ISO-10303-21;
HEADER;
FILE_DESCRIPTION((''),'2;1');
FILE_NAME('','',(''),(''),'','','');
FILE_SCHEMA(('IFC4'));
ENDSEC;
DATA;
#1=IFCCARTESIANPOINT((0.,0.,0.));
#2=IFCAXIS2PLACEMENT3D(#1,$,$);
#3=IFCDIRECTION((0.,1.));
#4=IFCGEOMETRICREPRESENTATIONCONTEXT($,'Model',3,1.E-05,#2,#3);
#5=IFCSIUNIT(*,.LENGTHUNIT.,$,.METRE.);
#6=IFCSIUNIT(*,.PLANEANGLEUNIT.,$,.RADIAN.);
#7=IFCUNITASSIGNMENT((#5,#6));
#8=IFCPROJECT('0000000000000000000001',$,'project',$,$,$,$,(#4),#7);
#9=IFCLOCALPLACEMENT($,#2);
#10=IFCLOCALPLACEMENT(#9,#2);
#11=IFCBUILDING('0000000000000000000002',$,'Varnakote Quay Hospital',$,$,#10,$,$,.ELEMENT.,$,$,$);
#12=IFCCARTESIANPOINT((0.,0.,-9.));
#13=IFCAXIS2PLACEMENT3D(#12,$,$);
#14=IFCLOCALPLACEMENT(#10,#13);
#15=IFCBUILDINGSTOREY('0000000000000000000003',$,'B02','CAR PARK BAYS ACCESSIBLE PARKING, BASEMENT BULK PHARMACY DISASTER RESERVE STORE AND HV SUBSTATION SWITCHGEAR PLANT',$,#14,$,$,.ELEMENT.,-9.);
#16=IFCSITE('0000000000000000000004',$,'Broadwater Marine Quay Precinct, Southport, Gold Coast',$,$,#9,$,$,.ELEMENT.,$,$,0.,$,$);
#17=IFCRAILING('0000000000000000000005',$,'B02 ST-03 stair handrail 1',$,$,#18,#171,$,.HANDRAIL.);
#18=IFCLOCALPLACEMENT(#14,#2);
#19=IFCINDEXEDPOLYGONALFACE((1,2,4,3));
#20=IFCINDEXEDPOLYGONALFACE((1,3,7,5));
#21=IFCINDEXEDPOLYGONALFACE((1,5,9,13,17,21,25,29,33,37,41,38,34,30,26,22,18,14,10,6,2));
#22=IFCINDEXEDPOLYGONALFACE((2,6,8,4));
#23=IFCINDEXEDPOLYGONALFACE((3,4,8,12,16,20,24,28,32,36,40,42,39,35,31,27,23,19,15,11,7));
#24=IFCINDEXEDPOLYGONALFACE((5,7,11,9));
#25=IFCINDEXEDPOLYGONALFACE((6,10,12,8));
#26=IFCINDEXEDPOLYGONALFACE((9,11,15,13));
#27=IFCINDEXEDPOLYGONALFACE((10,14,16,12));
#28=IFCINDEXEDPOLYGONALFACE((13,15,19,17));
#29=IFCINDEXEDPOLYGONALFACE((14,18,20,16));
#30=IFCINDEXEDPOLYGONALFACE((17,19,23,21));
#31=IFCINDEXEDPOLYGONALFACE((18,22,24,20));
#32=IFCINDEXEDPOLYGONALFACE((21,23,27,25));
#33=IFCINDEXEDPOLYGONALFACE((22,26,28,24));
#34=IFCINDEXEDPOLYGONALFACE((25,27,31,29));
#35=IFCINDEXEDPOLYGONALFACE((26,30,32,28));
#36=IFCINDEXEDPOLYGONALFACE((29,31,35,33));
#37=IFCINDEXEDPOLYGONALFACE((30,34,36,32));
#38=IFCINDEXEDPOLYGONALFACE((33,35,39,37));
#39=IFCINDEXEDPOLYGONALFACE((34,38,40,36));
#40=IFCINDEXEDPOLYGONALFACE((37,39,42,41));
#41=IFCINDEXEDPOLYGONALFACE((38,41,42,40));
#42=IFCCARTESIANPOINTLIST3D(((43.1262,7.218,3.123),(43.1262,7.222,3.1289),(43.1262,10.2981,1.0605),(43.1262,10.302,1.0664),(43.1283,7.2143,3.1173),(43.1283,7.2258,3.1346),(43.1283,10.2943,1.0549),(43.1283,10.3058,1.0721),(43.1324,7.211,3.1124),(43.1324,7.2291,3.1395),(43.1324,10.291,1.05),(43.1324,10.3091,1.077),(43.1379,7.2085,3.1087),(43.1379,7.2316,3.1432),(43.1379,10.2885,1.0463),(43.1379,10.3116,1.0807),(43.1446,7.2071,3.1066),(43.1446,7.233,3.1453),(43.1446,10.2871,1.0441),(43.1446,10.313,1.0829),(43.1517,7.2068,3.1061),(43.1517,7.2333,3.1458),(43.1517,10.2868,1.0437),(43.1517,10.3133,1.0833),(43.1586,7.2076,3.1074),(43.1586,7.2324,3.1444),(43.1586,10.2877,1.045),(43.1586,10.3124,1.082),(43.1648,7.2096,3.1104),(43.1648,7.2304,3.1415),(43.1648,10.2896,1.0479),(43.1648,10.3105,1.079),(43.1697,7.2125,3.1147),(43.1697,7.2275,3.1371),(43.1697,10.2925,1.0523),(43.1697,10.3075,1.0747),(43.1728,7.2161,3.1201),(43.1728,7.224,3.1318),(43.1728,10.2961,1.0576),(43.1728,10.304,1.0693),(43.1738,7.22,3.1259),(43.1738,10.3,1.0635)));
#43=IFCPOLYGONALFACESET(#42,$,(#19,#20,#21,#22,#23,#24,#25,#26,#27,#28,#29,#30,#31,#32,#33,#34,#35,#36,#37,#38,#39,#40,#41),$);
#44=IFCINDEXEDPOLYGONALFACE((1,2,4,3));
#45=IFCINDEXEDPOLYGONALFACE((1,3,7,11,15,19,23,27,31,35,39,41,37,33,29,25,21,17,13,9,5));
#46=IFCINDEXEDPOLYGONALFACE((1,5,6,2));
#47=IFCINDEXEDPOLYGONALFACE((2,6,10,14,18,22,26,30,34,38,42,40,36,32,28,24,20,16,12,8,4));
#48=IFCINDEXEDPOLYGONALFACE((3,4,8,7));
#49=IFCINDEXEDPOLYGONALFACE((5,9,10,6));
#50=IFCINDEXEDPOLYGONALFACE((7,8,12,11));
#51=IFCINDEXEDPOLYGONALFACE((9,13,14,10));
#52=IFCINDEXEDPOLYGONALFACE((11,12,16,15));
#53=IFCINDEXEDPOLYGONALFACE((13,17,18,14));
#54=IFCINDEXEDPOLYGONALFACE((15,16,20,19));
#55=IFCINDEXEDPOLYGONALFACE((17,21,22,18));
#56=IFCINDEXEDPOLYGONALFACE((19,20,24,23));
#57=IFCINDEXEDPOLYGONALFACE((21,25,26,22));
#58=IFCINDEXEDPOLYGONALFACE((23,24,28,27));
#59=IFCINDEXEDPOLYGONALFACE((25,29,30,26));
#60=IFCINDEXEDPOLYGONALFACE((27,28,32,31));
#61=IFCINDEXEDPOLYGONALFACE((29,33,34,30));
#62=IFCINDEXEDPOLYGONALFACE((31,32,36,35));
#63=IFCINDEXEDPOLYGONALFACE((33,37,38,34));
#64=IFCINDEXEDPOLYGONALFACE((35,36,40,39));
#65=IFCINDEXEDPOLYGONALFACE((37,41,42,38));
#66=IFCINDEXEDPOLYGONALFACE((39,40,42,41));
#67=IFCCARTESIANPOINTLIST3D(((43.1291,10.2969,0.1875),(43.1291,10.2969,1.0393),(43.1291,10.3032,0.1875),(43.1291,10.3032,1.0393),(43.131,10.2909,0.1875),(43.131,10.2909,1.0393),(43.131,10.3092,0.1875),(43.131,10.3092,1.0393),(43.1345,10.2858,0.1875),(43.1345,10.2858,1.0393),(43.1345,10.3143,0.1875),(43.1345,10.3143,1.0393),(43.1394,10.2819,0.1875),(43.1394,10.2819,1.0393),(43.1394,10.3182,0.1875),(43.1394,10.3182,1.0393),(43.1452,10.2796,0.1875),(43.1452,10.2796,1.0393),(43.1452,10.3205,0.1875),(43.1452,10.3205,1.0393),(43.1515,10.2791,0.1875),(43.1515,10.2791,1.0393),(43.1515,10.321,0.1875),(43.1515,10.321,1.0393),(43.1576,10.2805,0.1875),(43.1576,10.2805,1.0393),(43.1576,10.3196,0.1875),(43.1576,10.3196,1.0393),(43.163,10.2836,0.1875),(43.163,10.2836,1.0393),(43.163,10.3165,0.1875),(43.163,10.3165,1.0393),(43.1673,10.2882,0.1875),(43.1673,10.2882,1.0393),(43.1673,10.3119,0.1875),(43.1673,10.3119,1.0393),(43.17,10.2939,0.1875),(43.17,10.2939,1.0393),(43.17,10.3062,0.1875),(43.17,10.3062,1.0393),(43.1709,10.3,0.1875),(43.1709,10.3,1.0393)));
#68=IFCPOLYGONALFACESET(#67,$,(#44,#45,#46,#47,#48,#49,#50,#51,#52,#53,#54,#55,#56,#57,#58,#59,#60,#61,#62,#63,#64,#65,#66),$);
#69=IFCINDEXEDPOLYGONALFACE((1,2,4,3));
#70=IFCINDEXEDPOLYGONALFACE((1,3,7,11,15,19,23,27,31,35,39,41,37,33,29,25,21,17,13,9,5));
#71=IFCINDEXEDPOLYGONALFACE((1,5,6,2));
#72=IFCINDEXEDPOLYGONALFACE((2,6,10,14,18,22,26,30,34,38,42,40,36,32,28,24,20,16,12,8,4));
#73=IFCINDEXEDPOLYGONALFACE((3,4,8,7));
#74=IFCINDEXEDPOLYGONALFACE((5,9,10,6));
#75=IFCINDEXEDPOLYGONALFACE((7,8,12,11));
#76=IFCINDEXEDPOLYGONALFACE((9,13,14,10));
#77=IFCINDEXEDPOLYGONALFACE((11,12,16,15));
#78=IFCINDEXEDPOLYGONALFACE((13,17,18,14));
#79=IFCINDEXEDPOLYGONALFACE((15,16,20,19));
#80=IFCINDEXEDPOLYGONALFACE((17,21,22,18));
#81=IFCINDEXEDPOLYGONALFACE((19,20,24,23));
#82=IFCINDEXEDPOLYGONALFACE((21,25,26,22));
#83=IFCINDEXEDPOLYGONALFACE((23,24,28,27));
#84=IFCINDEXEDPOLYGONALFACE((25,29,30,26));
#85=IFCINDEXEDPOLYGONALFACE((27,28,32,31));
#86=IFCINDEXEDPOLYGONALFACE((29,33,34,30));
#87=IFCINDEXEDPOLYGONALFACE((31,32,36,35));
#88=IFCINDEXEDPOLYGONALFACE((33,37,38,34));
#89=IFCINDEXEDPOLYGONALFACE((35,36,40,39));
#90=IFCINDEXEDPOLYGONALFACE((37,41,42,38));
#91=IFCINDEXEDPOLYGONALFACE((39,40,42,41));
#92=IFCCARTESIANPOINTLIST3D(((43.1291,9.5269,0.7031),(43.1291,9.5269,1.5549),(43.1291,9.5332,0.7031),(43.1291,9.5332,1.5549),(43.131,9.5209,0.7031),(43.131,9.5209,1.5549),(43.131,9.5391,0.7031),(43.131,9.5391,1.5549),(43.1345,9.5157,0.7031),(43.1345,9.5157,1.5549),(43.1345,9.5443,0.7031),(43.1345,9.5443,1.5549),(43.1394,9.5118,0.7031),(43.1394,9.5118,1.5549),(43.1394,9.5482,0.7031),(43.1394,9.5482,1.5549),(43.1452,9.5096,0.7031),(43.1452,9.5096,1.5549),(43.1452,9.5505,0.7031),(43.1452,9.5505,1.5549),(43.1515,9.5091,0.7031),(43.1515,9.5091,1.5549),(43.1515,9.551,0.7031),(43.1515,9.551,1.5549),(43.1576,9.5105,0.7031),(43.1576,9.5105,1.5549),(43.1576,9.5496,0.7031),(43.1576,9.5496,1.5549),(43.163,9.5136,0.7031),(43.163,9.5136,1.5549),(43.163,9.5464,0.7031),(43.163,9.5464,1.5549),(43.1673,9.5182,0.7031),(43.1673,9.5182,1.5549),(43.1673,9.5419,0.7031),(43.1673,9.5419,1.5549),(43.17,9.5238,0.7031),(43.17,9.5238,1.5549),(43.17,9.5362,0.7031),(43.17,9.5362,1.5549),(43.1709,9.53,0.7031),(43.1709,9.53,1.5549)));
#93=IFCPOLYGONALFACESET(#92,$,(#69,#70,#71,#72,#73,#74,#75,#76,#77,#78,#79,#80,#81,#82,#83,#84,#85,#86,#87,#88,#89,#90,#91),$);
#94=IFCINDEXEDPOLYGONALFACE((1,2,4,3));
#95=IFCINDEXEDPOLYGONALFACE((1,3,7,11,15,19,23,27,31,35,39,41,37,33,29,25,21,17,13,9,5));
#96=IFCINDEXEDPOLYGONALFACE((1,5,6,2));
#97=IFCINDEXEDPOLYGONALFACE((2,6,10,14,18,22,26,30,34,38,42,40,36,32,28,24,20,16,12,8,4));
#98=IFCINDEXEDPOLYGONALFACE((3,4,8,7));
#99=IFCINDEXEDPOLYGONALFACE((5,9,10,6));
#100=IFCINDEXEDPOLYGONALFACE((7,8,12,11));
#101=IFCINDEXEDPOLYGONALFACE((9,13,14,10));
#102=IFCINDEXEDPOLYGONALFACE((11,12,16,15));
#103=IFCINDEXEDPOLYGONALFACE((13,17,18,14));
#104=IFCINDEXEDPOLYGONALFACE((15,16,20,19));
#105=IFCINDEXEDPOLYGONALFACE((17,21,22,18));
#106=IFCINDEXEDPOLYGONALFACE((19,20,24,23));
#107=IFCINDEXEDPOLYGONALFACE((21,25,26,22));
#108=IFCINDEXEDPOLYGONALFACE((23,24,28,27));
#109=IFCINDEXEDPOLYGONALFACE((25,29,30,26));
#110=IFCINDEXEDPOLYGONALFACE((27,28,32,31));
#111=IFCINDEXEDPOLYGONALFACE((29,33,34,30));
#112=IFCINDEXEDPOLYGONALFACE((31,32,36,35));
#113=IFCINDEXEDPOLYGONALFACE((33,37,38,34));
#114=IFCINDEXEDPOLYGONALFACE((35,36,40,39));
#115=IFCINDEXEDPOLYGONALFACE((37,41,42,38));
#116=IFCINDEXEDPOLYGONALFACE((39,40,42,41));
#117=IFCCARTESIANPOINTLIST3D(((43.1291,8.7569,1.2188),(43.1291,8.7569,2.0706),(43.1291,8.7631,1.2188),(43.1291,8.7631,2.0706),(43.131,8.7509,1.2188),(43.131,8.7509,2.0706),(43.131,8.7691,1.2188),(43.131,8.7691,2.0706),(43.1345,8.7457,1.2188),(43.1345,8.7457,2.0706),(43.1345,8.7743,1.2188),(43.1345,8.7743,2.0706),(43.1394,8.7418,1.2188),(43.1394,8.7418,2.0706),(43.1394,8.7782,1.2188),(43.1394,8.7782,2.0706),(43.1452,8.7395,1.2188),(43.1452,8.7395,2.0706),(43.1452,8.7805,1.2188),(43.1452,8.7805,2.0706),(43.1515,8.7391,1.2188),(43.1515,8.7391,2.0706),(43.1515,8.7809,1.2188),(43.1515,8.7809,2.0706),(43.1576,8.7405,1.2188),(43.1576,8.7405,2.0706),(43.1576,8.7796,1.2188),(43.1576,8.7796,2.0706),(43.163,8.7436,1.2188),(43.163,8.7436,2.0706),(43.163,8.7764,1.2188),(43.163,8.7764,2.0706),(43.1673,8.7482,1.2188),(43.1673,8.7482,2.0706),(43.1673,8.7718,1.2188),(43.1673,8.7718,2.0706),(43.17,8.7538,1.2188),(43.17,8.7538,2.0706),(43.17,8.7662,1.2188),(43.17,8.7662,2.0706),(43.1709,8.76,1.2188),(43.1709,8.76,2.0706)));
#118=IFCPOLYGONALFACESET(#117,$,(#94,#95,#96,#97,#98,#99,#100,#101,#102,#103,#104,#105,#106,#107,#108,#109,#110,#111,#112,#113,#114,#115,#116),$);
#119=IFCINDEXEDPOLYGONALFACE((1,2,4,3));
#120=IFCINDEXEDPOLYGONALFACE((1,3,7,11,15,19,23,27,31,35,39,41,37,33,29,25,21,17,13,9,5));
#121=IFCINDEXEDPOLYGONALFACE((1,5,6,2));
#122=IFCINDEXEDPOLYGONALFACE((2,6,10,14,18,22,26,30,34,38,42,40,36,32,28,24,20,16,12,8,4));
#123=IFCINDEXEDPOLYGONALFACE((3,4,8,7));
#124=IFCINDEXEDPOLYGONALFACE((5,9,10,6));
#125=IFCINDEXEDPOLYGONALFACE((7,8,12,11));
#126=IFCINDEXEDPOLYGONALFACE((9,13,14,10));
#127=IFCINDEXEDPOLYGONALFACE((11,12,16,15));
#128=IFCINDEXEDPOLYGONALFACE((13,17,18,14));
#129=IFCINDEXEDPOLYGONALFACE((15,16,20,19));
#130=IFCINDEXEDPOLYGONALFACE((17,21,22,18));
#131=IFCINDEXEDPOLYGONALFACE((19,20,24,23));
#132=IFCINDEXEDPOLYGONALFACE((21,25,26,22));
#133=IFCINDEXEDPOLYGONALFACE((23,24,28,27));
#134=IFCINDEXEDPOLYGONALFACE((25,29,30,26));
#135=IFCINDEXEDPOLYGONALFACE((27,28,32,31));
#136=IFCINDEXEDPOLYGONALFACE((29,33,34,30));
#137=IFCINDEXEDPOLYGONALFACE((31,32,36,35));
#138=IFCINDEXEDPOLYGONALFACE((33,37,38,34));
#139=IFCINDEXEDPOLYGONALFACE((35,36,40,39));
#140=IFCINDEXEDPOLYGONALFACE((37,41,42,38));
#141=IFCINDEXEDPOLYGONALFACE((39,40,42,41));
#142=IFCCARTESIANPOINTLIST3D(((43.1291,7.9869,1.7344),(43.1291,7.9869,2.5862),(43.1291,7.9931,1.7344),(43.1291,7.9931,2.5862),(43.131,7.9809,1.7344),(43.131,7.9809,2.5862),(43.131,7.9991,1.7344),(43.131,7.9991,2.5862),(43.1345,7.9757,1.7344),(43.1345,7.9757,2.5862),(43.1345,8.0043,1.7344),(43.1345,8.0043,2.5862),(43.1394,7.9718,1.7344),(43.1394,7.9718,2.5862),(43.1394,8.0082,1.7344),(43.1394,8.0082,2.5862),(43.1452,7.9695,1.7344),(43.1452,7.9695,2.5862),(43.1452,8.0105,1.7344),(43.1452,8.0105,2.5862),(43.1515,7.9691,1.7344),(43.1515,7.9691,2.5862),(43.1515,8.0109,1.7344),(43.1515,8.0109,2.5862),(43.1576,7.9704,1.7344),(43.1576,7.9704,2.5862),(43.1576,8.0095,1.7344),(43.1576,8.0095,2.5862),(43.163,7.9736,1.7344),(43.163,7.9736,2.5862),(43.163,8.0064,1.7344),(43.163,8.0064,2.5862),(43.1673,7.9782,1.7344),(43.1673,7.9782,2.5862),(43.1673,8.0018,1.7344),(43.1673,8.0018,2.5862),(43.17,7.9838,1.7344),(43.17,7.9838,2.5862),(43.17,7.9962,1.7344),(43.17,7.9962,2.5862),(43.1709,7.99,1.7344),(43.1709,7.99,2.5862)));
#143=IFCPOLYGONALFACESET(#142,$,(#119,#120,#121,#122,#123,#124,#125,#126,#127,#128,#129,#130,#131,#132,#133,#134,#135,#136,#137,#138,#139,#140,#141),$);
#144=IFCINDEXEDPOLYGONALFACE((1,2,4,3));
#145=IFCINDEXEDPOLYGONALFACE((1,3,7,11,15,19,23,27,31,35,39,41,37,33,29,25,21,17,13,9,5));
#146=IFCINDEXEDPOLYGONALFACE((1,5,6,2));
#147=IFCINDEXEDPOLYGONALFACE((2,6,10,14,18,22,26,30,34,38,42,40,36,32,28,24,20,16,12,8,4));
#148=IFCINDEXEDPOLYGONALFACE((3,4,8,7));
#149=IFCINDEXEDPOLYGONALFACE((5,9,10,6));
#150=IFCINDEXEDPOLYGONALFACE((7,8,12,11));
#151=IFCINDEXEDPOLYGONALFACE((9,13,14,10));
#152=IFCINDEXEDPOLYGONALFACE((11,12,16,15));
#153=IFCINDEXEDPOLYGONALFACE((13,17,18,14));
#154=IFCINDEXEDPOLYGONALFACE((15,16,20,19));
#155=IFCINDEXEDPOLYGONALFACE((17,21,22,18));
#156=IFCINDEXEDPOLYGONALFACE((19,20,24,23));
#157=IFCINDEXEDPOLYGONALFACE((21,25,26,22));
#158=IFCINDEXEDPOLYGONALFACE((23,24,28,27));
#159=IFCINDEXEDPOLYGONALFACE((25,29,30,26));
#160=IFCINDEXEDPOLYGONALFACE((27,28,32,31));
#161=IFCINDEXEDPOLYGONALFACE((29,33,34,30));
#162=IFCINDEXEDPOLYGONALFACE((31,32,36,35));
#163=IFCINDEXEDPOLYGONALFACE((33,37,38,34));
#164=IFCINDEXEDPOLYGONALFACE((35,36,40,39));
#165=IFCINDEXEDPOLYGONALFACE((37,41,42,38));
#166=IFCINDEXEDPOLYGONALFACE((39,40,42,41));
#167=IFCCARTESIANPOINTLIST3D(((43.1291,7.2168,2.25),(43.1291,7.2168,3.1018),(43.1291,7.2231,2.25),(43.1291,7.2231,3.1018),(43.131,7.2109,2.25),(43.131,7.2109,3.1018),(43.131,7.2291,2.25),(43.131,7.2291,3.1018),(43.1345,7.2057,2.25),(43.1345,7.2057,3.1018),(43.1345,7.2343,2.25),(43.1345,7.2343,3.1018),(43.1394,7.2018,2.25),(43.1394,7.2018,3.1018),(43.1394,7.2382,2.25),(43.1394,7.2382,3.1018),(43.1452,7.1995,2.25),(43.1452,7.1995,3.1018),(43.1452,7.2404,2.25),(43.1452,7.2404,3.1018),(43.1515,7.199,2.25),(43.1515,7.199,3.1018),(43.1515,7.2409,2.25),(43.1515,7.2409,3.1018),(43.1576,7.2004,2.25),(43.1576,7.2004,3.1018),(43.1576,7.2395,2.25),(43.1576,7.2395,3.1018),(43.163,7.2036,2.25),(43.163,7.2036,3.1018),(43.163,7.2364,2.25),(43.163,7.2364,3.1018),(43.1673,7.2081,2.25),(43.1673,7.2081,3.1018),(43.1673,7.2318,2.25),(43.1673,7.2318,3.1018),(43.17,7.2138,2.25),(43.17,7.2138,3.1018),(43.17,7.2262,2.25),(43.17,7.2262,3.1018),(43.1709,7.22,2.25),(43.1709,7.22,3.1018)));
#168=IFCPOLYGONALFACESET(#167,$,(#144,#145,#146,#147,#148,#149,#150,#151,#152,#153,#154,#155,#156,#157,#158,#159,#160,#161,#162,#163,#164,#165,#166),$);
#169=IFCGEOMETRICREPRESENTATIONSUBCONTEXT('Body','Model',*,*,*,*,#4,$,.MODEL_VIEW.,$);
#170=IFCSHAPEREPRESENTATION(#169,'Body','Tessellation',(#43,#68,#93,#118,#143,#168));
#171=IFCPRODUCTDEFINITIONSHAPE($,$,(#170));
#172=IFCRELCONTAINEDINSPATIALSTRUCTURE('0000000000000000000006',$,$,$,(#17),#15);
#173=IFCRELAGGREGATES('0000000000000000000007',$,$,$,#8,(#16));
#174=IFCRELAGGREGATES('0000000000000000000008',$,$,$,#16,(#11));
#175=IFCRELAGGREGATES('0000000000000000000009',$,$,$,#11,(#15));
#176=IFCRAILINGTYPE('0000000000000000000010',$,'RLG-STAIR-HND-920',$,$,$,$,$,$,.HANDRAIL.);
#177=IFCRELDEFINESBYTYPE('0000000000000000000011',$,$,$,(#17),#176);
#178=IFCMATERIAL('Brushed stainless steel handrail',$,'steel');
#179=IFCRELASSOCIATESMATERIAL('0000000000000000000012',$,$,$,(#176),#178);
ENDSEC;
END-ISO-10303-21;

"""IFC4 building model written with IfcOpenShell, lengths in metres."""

from ifc_helpers import new_model, si_unit, direction, frame, origin, origin_2d, place, context, subcontext, project, spatial, circle, extrude, material, type_object, element, save


model = new_model("IFC4")

# Units and contexts
model_context = context("Model", 3, precision=1e-05, world=origin(), true_north=direction((0.0, 1.0)))
body_context = subcontext(model_context, "Body", "Model", "MODEL_VIEW")
ifc_project = project(units=[si_unit("LENGTHUNIT", "METRE"), si_unit("PLANEANGLEUNIT", "RADIAN")], contexts=[model_context])

# Site, building, storey
site_placement = place(None, origin())
site = spatial("IfcSite", under=ifc_project, at=site_placement, Name="Broadwater Marine Quay Precinct, Southport, Gold Coast", CompositionType="ELEMENT", RefElevation=0.0)
building_placement = place(site_placement, origin())
building = spatial("IfcBuilding", under=site, at=building_placement, Name="Varnakote Quay Hospital", CompositionType="ELEMENT")
storey_placement = place(building_placement, frame((0.0, 0.0, -9.0)))
storey = spatial("IfcBuildingStorey", under=building, at=storey_placement, Name="B02", Description="CAR PARK BAYS ACCESSIBLE PARKING, BASEMENT BULK PHARMACY DISASTER RESERVE STORE AND HV SUBSTATION SWITCHGEAR PLANT", CompositionType="ELEMENT", Elevation=-9.0)

# Railing
ifc_material_1 = material(Name="Brushed stainless steel handrail", Category="steel")
railing_type_1 = type_object("IfcRailingType", Name="RLG-STAIR-HND-920", PredefinedType="HANDRAIL", material=ifc_material_1)
railing_1_placement = place(storey_placement, frame((43.1499, 10.3, 0.1875)))
element("IfcRailing", 1, at=railing_1_placement, inside=storey, type_object=railing_type_1, Name="B02 ST-03 stair handrail 1", PredefinedType="HANDRAIL", context=body_context, shape_type="SweptSolid", body=[
    extrude(circle(Radius=0.0239, at=origin_2d()), frame((0.0, 0.0, 0.876), z_axis=(0.0, -0.830914, 0.556401), x_axis=(1.0, 0.0, 0.0)), (0.0, 0.0, 1.0), 3.7068),
    extrude(circle(Radius=0.021, at=origin_2d()), origin(), (0.0, 0.0, 1.0), 0.8518),
    extrude(circle(Radius=0.021, at=origin_2d()), frame((0.0, -0.77, 0.5156)), (0.0, 0.0, 1.0), 0.8518),
    extrude(circle(Radius=0.021, at=origin_2d()), frame((0.0, -1.54, 1.0312)), (0.0, 0.0, 1.0), 0.8518),
    extrude(circle(Radius=0.021, at=origin_2d()), frame((0.0, -2.3101, 1.5469)), (0.0, 0.0, 1.0), 0.8518),
    extrude(circle(Radius=0.021, at=origin_2d()), frame((0.0, -3.0801, 2.0625)), (0.0, 0.0, 1.0), 0.8518),
])

save(model, "model.ifc")
